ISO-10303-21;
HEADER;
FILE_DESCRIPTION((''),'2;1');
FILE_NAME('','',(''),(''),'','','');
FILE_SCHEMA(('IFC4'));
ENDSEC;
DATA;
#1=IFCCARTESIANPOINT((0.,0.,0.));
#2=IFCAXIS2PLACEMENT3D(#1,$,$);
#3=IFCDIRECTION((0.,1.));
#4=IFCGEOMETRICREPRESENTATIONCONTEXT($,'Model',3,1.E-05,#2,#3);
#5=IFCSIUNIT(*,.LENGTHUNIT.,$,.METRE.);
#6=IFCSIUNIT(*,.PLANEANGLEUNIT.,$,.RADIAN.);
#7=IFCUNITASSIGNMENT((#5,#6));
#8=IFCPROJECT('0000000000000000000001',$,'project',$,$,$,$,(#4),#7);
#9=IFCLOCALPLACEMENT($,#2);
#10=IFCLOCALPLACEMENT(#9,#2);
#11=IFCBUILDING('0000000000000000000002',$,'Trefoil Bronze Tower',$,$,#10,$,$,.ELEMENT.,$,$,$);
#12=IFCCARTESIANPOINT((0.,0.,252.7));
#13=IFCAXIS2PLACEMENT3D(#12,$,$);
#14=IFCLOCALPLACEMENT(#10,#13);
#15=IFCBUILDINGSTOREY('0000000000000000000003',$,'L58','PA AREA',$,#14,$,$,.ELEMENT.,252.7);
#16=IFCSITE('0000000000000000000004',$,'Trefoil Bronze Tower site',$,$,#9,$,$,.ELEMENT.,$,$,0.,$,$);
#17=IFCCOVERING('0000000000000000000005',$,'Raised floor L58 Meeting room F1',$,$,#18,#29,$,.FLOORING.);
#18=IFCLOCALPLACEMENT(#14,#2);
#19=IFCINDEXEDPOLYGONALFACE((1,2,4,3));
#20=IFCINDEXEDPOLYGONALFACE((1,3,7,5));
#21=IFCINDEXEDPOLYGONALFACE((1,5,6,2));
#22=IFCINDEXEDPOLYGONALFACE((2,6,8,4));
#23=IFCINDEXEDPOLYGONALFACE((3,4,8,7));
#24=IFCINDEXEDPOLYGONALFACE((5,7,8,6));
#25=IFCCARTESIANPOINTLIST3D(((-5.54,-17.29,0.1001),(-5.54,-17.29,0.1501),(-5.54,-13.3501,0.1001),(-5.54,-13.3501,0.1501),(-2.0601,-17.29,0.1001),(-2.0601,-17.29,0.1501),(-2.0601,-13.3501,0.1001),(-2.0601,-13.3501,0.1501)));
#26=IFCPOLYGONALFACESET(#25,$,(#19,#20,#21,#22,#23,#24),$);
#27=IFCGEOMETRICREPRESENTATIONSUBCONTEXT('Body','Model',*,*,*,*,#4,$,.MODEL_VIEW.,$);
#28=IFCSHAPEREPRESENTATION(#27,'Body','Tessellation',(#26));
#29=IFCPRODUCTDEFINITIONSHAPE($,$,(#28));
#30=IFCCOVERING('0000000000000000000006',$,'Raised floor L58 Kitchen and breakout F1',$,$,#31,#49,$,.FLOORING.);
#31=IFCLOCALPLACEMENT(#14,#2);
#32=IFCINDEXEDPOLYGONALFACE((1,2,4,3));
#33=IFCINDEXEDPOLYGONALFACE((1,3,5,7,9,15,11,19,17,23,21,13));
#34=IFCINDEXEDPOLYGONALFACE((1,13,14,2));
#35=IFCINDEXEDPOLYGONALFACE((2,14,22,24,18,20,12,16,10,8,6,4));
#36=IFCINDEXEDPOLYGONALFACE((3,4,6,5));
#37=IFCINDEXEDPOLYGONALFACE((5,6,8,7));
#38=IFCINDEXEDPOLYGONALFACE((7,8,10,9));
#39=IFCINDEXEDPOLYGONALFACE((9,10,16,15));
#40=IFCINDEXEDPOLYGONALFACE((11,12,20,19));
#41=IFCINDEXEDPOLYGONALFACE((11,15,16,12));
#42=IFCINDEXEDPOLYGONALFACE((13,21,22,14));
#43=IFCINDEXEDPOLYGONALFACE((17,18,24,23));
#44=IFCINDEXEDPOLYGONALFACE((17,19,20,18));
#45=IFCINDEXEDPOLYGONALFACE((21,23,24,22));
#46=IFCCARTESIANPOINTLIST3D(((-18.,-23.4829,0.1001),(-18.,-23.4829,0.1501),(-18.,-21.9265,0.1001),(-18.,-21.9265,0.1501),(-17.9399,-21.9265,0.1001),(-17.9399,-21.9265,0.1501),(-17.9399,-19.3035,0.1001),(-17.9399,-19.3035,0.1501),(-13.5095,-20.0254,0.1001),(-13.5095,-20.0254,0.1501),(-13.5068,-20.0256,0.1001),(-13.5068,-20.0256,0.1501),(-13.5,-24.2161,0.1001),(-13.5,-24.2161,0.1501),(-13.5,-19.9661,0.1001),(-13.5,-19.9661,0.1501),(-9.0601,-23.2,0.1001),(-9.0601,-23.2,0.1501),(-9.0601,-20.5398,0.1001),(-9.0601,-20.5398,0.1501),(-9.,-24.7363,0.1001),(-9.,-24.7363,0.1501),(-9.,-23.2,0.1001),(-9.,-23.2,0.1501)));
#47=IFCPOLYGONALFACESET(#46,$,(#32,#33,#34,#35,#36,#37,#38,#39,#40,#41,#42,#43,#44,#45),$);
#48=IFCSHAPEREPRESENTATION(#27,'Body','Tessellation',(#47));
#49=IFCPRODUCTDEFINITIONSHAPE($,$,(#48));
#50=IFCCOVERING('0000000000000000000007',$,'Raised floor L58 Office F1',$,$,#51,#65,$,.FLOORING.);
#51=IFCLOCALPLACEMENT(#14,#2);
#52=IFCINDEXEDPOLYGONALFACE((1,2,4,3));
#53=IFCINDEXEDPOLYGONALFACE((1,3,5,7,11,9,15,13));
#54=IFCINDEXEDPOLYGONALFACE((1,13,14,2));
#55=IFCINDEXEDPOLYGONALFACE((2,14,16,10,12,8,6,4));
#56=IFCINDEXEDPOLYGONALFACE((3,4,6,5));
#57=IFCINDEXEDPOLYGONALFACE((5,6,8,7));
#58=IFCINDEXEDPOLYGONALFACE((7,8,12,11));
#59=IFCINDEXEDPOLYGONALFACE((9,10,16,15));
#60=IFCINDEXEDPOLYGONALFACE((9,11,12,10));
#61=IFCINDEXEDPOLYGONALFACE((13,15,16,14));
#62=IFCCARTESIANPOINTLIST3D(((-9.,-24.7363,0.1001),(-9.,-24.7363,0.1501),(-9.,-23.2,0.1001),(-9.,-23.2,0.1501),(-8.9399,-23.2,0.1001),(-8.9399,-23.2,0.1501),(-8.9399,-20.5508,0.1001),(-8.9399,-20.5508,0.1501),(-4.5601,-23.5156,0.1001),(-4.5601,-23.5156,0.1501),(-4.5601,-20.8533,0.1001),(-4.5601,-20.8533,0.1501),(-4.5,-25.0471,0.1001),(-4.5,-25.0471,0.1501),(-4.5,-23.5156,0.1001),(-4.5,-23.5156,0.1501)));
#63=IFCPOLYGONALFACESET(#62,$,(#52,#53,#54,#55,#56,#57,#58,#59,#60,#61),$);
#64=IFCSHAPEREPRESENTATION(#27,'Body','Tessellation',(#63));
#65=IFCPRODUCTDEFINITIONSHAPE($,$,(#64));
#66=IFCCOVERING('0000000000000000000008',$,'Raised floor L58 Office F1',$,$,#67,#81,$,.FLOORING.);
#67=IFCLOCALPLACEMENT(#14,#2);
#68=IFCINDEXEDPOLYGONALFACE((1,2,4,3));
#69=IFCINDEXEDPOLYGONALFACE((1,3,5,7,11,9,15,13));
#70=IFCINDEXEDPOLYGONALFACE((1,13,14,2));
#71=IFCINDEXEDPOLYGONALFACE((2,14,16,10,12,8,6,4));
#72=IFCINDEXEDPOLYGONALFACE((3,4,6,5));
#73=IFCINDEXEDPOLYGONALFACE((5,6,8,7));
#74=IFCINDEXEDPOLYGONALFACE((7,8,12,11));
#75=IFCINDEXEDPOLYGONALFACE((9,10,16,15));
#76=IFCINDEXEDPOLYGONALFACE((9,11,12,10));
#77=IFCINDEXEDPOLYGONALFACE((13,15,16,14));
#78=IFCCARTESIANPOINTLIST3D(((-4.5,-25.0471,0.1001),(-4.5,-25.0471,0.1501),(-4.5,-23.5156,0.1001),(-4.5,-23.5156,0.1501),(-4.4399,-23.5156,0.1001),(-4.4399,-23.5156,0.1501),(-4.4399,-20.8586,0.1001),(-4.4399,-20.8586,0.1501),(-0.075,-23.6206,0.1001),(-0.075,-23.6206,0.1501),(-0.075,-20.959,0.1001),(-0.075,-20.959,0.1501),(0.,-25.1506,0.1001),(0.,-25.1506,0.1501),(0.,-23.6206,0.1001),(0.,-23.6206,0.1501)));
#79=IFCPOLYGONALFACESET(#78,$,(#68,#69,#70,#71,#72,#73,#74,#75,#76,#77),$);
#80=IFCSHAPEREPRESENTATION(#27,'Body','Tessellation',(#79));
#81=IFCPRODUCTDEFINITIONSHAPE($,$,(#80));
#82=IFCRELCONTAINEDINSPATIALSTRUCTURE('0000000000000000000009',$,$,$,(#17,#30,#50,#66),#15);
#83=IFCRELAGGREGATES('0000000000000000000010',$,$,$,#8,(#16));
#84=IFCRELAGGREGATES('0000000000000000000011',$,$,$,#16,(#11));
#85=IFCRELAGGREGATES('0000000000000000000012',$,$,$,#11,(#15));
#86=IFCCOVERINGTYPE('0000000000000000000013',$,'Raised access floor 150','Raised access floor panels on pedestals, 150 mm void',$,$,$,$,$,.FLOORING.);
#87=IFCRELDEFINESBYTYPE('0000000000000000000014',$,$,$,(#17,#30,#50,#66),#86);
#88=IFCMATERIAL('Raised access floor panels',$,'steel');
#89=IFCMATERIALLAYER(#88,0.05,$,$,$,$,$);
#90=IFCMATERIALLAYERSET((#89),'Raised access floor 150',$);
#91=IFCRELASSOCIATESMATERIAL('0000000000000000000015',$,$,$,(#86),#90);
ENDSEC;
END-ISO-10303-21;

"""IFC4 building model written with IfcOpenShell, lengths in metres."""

from ifc_helpers import new_model, si_unit, direction, frame, origin, place, context, subcontext, project, spatial, polyline, outline, extrude, material, layer, layer_set, type_object, element, save


model = new_model("IFC4")

# Units and contexts
model_context = context("Model", 3, precision=1e-05, world=origin(), true_north=direction((0.0, 1.0)))
body_context = subcontext(model_context, "Body", "Model", "MODEL_VIEW")
ifc_project = project(units=[si_unit("LENGTHUNIT", "METRE"), si_unit("PLANEANGLEUNIT", "RADIAN")], contexts=[model_context])

# Site, building, storey
site_placement = place(None, origin())
site = spatial("IfcSite", under=ifc_project, at=site_placement, Name="Trefoil Bronze Tower site", CompositionType="ELEMENT", RefElevation=0.0)
building_placement = place(site_placement, origin())
building = spatial("IfcBuilding", under=site, at=building_placement, Name="Trefoil Bronze Tower", CompositionType="ELEMENT")
storey_placement = place(building_placement, frame((0.0, 0.0, 252.7)))
storey = spatial("IfcBuildingStorey", under=building, at=storey_placement, Name="L58", Description="PA AREA", CompositionType="ELEMENT", Elevation=252.7)

# Coverings
ifc_material_1 = material(Name="Raised access floor panels", Category="steel")
ifc_layer_1 = layer(ifc_material_1, 0.05)
ifc_layer_set_1 = layer_set([ifc_layer_1], Name="Raised access floor 150")
covering_type_1 = type_object("IfcCoveringType", Name="Raised access floor 150", Description="Raised access floor panels on pedestals, 150 mm void", PredefinedType="FLOORING", material=ifc_layer_set_1)
covering_1_placement = place(storey_placement, frame((0.0, 0.0, 0.1001)))
element("IfcCovering", 1, at=covering_1_placement, inside=storey, type_object=covering_type_1, Name="Raised floor L58 Meeting room F1", PredefinedType="FLOORING", context=body_context, shape_type="SweptSolid", body=[
    extrude(outline(polyline([(-2.0601, -13.3501), (-2.0601, -17.29), (-5.54, -17.29), (-5.54, -13.3501), (-2.0601, -13.3501)])), origin(), (0.0, 0.0, 1.0), 0.05),
])
covering_2_placement = place(storey_placement, frame((0.0, 0.0, 0.1001)))
element("IfcCovering", 2, at=covering_2_placement, inside=storey, type_object=covering_type_1, Name="Raised floor L58 Kitchen and breakout F1", PredefinedType="FLOORING", context=body_context, shape_type="SweptSolid", body=[
    extrude(outline(polyline([(-13.5, -24.2161), (-18.0, -23.4829), (-18.0, -21.9265), (-17.9399, -21.9265), (-17.9399, -19.3035), (-13.5095, -20.0254), (-13.5, -19.9661), (-13.5068, -20.0256), (-9.0601, -20.5398), (-9.0601, -23.2), (-9.0, -23.2), (-9.0, -24.7363), (-13.5, -24.2161)])), origin(), (0.0, 0.0, 1.0), 0.05),
])
covering_3_placement = place(storey_placement, frame((0.0, 0.0, 0.1001)))
element("IfcCovering", 3, at=covering_3_placement, inside=storey, type_object=covering_type_1, Name="Raised floor L58 Office F1", PredefinedType="FLOORING", context=body_context, shape_type="SweptSolid", body=[
    extrude(outline(polyline([(-4.5, -25.0471), (-9.0, -24.7363), (-9.0, -23.2), (-8.9399, -23.2), (-8.9399, -20.5508), (-4.5601, -20.8533), (-4.5601, -23.5156), (-4.5, -23.5156), (-4.5, -25.0471)])), origin(), (0.0, 0.0, 1.0), 0.05),
])
covering_4_placement = place(storey_placement, frame((0.0, 0.0, 0.1001)))
element("IfcCovering", 4, at=covering_4_placement, inside=storey, type_object=covering_type_1, Name="Raised floor L58 Office F1", PredefinedType="FLOORING", context=body_context, shape_type="SweptSolid", body=[
    extrude(outline(polyline([(0.0, -25.1506), (-4.5, -25.0471), (-4.5, -23.5156), (-4.4399, -23.5156), (-4.4399, -20.8586), (-0.075, -20.959), (-0.075, -23.6206), (0.0, -23.6206), (0.0, -25.1506)])), origin(), (0.0, 0.0, 1.0), 0.05),
])

save(model, "model.ifc")
